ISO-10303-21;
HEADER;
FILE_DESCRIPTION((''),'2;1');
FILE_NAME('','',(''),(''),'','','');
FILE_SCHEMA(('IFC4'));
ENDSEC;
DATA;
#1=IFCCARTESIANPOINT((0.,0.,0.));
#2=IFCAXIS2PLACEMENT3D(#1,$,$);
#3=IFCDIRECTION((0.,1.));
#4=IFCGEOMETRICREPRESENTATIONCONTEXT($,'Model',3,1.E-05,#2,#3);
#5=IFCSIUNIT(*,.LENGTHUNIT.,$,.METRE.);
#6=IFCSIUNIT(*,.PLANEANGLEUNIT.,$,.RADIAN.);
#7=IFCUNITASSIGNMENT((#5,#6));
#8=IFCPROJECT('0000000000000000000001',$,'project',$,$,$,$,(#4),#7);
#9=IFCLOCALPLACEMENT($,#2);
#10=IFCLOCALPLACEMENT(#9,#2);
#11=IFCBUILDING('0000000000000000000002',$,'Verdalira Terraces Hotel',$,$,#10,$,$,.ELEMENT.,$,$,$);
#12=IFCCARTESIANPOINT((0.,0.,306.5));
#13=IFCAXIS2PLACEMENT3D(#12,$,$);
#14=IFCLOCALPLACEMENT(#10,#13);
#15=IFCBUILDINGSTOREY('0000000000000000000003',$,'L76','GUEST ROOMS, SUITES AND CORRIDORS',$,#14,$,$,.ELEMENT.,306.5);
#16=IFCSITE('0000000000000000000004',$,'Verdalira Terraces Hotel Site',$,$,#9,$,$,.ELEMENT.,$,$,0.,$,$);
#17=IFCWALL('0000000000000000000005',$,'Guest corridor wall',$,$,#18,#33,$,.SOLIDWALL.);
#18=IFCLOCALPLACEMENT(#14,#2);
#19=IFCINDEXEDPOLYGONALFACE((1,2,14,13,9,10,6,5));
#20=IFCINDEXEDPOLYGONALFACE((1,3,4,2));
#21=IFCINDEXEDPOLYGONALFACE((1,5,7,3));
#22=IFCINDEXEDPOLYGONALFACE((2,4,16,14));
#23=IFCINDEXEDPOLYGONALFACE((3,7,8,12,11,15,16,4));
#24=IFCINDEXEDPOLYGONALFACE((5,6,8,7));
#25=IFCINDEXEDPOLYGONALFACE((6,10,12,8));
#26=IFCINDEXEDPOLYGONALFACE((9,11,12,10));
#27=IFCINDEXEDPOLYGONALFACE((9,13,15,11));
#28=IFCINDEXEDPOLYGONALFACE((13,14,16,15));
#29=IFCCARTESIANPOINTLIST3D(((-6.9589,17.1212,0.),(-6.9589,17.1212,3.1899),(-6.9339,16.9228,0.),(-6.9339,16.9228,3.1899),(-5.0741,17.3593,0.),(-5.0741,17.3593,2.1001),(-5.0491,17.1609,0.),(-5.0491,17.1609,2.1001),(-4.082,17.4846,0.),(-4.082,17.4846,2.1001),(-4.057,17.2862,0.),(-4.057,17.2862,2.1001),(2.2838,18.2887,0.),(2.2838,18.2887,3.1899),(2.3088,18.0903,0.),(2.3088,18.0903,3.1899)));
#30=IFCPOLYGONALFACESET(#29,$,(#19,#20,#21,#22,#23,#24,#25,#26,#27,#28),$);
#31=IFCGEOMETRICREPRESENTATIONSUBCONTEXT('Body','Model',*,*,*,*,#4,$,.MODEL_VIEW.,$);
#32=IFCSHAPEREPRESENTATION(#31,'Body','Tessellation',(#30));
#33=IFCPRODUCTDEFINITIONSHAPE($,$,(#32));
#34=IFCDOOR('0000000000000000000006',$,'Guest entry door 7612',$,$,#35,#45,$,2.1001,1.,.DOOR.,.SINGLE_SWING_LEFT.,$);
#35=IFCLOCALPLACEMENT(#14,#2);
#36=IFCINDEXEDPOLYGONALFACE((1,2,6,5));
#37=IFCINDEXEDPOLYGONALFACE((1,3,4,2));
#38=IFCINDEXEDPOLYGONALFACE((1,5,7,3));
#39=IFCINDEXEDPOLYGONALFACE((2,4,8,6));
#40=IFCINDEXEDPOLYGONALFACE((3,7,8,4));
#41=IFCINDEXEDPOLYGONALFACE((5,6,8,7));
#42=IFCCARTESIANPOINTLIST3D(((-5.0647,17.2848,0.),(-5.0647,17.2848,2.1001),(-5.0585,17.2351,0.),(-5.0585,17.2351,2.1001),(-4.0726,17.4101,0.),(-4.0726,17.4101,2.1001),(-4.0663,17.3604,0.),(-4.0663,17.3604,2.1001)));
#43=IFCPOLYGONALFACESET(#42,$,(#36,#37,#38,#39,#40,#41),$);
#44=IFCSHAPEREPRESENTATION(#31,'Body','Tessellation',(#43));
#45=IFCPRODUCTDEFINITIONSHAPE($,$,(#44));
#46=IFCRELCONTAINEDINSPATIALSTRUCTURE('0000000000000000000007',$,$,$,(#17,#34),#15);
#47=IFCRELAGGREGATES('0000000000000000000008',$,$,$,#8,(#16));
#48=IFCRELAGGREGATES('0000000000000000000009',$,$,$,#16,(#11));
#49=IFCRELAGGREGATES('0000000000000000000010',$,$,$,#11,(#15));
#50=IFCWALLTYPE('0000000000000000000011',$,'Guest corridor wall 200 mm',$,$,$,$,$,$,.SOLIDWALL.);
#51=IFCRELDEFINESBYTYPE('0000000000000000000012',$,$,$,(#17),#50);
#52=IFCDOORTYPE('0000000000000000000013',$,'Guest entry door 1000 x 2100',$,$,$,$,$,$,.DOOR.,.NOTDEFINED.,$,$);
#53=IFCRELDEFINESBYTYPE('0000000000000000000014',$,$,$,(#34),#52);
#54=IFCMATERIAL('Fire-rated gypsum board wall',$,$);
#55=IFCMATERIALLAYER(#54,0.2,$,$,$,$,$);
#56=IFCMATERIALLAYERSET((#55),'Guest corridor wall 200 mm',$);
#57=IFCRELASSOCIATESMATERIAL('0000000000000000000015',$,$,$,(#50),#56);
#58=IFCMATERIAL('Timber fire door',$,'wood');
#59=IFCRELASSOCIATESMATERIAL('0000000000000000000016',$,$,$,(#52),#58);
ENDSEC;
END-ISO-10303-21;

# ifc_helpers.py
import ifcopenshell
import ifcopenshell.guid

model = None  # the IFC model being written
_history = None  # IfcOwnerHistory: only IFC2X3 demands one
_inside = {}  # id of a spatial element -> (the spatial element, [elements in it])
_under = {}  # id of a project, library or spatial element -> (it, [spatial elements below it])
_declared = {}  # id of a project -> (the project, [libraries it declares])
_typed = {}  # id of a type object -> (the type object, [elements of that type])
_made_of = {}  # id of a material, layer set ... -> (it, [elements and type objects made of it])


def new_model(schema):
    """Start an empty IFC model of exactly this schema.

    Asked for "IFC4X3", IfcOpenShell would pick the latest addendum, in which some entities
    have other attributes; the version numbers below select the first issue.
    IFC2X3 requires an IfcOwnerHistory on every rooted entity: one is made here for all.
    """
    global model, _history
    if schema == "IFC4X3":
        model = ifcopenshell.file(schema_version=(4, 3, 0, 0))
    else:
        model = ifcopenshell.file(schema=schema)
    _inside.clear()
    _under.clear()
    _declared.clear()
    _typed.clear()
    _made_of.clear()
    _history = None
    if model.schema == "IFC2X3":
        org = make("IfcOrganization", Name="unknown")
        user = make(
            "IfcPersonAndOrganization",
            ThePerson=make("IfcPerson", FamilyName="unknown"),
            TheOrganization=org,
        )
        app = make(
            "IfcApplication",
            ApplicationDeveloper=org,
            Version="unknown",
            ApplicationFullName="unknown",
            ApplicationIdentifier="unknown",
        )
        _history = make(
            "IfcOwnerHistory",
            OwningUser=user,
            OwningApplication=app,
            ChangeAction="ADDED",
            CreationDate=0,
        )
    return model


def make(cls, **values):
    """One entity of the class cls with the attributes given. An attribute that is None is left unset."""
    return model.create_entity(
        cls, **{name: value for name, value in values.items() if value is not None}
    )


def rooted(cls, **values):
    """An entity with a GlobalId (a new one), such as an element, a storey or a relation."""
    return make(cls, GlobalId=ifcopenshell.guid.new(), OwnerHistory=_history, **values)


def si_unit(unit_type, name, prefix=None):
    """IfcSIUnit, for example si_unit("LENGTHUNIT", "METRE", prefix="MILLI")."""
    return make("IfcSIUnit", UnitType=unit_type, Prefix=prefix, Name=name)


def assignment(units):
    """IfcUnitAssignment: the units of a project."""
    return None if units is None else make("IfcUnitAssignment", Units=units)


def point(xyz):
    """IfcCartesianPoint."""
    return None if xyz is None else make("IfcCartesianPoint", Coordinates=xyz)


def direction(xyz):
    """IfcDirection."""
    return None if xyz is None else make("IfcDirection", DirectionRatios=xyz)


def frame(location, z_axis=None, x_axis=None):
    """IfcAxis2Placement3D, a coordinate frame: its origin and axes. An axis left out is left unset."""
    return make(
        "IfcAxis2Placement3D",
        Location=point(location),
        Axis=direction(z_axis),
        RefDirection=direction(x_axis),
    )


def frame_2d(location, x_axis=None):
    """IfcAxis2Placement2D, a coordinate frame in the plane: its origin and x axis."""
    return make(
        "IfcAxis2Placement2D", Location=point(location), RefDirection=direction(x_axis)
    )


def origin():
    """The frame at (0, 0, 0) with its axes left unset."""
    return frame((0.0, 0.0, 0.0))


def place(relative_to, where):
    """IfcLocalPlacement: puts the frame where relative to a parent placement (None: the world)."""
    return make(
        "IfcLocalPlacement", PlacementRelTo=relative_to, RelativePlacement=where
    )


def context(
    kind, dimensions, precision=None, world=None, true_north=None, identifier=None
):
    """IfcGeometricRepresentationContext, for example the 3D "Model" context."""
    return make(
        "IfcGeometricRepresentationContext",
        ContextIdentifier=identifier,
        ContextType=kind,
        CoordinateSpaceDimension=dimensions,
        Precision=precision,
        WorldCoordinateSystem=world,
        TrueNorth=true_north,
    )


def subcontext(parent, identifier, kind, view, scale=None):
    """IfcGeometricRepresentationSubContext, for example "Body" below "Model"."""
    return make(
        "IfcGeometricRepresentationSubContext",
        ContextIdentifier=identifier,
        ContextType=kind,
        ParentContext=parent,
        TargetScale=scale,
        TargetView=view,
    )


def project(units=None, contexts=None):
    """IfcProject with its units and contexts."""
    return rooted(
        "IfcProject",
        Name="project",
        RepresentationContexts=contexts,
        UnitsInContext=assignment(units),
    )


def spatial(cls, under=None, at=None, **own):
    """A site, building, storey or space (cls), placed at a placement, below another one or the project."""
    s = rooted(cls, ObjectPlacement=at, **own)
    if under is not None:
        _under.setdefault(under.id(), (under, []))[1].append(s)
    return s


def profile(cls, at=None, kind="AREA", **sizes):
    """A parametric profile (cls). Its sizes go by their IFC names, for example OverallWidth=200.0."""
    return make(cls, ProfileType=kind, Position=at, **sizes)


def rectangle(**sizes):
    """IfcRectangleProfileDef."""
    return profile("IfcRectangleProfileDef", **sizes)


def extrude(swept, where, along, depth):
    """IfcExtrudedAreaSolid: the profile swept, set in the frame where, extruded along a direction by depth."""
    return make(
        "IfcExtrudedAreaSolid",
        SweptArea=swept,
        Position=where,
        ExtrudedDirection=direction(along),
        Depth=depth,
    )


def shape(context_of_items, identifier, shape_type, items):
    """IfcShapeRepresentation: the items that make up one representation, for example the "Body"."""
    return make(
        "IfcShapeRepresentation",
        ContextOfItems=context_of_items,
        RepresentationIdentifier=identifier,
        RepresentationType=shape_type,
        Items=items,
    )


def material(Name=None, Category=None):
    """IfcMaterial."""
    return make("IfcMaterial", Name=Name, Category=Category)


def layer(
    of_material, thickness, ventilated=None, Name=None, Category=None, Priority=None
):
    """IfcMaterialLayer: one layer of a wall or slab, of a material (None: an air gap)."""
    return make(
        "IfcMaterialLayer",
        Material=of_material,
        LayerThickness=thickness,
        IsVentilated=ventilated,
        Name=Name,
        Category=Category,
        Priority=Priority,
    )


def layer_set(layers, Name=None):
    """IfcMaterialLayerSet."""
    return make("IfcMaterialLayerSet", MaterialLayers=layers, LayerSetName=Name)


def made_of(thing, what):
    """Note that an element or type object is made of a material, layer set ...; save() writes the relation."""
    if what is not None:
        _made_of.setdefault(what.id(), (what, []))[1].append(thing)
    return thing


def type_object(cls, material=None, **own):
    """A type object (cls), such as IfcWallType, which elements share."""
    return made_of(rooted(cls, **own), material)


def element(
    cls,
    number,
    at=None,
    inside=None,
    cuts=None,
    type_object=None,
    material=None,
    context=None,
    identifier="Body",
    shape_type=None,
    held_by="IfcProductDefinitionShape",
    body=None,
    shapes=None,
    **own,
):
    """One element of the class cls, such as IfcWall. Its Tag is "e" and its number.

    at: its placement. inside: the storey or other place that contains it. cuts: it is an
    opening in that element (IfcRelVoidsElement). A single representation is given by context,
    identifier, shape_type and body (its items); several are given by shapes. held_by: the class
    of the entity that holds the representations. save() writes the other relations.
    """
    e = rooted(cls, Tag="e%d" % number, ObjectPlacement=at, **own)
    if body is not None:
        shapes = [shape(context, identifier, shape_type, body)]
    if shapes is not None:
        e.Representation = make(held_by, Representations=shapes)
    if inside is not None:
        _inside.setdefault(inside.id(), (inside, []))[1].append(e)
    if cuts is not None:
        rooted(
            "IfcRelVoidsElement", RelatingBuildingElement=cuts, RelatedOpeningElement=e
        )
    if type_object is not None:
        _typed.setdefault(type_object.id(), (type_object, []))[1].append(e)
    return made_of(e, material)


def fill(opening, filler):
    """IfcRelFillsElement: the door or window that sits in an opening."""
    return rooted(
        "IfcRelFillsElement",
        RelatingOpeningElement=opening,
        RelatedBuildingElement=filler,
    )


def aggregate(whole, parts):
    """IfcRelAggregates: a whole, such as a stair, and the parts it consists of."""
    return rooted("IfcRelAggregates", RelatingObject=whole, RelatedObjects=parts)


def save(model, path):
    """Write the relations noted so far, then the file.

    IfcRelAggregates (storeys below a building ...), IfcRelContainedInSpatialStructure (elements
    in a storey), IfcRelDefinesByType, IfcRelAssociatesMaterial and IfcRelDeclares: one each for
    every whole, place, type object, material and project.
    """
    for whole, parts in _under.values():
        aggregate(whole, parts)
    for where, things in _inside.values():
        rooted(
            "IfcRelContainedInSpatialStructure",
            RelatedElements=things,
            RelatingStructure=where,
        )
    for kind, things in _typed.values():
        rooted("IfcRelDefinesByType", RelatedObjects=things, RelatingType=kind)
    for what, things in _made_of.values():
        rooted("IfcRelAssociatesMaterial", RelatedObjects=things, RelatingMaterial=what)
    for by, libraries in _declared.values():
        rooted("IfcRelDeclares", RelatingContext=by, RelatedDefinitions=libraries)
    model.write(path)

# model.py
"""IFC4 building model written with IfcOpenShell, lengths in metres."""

from ifc_helpers import new_model, si_unit, direction, frame, frame_2d, origin, place, context, subcontext, project, spatial, rectangle, extrude, material, layer, layer_set, type_object, element, fill, save


model = new_model("IFC4")

# Units and contexts
model_context = context("Model", 3, precision=1e-05, world=origin(), true_north=direction((0.0, 1.0)))
body_context = subcontext(model_context, "Body", "Model", "MODEL_VIEW")
ifc_project = project(units=[si_unit("LENGTHUNIT", "METRE"), si_unit("PLANEANGLEUNIT", "RADIAN")], contexts=[model_context])

# Site, building, storey
site_placement = place(None, origin())
site = spatial("IfcSite", under=ifc_project, at=site_placement, Name="Verdalira Terraces Hotel Site", CompositionType="ELEMENT", RefElevation=0.0)
building_placement = place(site_placement, origin())
building = spatial("IfcBuilding", under=site, at=building_placement, Name="Verdalira Terraces Hotel", CompositionType="ELEMENT")
storey_placement = place(building_placement, frame((0.0, 0.0, 306.5)))
storey = spatial("IfcBuildingStorey", under=building, at=storey_placement, Name="L76", Description="GUEST ROOMS, SUITES AND CORRIDORS", CompositionType="ELEMENT", Elevation=306.5)

# Wall, opening, door
ifc_material_1 = material(Name="Fire-rated gypsum board wall")
ifc_layer_1 = layer(ifc_material_1, 0.2)
ifc_layer_set_1 = layer_set([ifc_layer_1], Name="Guest corridor wall 200 mm")
wall_type_1 = type_object("IfcWallType", Name="Guest corridor wall 200 mm", PredefinedType="SOLIDWALL", material=ifc_layer_set_1)
wall_1_placement = place(storey_placement, frame((-6.9465, 17.022, 0.0), z_axis=(0.0, 0.0, 1.0), x_axis=(0.992117, 0.125318, 0.0)))
wall_1 = element("IfcWall", 1, at=wall_1_placement, inside=storey, type_object=wall_type_1, Name="Guest corridor wall", PredefinedType="SOLIDWALL", context=body_context, shape_type="SweptSolid", body=[
    extrude(rectangle(XDim=9.3162, YDim=0.2, at=frame_2d((4.6582, 0.0))), origin(), (0.0, 0.0, 1.0), 3.1899),
])
opening_1_placement = place(wall_1_placement, frame((1.8999, 0.0, 0.0)))
opening_1 = element("IfcOpeningElement", 2, at=opening_1_placement, cuts=wall_1, PredefinedType="OPENING", context=body_context, shape_type="SweptSolid", body=[
    extrude(rectangle(XDim=1.0, YDim=2.1001, at=frame_2d((0.5, 1.05))), frame((0.0, 0.1099, 0.0), z_axis=(0.0, -1.0, 0.0), x_axis=(1.0, 0.0, 0.0)), (0.0, 0.0, 1.0), 0.22),
])
ifc_material_2 = material(Name="Timber fire door", Category="wood")
door_type_1 = type_object("IfcDoorType", Name="Guest entry door 1000 x 2100", OperationType="NOTDEFINED", PredefinedType="DOOR", material=ifc_material_2)
door_1_placement = place(opening_1_placement, origin())
door_1 = element("IfcDoor", 3, at=door_1_placement, inside=storey, type_object=door_type_1, Name="Guest entry door 7612", OperationType="SINGLE_SWING_LEFT", OverallHeight=2.1001, OverallWidth=1.0, PredefinedType="DOOR", context=body_context, shape_type="SweptSolid", body=[
    extrude(rectangle(XDim=1.0, YDim=2.1001, at=frame_2d((0.5, 1.05))), frame((0.0, 0.0249, 0.0), z_axis=(0.0, -1.0, 0.0), x_axis=(1.0, 0.0, 0.0)), (0.0, 0.0, 1.0), 0.05),
])
fill(opening_1, door_1)

save(model, "model.ifc")
